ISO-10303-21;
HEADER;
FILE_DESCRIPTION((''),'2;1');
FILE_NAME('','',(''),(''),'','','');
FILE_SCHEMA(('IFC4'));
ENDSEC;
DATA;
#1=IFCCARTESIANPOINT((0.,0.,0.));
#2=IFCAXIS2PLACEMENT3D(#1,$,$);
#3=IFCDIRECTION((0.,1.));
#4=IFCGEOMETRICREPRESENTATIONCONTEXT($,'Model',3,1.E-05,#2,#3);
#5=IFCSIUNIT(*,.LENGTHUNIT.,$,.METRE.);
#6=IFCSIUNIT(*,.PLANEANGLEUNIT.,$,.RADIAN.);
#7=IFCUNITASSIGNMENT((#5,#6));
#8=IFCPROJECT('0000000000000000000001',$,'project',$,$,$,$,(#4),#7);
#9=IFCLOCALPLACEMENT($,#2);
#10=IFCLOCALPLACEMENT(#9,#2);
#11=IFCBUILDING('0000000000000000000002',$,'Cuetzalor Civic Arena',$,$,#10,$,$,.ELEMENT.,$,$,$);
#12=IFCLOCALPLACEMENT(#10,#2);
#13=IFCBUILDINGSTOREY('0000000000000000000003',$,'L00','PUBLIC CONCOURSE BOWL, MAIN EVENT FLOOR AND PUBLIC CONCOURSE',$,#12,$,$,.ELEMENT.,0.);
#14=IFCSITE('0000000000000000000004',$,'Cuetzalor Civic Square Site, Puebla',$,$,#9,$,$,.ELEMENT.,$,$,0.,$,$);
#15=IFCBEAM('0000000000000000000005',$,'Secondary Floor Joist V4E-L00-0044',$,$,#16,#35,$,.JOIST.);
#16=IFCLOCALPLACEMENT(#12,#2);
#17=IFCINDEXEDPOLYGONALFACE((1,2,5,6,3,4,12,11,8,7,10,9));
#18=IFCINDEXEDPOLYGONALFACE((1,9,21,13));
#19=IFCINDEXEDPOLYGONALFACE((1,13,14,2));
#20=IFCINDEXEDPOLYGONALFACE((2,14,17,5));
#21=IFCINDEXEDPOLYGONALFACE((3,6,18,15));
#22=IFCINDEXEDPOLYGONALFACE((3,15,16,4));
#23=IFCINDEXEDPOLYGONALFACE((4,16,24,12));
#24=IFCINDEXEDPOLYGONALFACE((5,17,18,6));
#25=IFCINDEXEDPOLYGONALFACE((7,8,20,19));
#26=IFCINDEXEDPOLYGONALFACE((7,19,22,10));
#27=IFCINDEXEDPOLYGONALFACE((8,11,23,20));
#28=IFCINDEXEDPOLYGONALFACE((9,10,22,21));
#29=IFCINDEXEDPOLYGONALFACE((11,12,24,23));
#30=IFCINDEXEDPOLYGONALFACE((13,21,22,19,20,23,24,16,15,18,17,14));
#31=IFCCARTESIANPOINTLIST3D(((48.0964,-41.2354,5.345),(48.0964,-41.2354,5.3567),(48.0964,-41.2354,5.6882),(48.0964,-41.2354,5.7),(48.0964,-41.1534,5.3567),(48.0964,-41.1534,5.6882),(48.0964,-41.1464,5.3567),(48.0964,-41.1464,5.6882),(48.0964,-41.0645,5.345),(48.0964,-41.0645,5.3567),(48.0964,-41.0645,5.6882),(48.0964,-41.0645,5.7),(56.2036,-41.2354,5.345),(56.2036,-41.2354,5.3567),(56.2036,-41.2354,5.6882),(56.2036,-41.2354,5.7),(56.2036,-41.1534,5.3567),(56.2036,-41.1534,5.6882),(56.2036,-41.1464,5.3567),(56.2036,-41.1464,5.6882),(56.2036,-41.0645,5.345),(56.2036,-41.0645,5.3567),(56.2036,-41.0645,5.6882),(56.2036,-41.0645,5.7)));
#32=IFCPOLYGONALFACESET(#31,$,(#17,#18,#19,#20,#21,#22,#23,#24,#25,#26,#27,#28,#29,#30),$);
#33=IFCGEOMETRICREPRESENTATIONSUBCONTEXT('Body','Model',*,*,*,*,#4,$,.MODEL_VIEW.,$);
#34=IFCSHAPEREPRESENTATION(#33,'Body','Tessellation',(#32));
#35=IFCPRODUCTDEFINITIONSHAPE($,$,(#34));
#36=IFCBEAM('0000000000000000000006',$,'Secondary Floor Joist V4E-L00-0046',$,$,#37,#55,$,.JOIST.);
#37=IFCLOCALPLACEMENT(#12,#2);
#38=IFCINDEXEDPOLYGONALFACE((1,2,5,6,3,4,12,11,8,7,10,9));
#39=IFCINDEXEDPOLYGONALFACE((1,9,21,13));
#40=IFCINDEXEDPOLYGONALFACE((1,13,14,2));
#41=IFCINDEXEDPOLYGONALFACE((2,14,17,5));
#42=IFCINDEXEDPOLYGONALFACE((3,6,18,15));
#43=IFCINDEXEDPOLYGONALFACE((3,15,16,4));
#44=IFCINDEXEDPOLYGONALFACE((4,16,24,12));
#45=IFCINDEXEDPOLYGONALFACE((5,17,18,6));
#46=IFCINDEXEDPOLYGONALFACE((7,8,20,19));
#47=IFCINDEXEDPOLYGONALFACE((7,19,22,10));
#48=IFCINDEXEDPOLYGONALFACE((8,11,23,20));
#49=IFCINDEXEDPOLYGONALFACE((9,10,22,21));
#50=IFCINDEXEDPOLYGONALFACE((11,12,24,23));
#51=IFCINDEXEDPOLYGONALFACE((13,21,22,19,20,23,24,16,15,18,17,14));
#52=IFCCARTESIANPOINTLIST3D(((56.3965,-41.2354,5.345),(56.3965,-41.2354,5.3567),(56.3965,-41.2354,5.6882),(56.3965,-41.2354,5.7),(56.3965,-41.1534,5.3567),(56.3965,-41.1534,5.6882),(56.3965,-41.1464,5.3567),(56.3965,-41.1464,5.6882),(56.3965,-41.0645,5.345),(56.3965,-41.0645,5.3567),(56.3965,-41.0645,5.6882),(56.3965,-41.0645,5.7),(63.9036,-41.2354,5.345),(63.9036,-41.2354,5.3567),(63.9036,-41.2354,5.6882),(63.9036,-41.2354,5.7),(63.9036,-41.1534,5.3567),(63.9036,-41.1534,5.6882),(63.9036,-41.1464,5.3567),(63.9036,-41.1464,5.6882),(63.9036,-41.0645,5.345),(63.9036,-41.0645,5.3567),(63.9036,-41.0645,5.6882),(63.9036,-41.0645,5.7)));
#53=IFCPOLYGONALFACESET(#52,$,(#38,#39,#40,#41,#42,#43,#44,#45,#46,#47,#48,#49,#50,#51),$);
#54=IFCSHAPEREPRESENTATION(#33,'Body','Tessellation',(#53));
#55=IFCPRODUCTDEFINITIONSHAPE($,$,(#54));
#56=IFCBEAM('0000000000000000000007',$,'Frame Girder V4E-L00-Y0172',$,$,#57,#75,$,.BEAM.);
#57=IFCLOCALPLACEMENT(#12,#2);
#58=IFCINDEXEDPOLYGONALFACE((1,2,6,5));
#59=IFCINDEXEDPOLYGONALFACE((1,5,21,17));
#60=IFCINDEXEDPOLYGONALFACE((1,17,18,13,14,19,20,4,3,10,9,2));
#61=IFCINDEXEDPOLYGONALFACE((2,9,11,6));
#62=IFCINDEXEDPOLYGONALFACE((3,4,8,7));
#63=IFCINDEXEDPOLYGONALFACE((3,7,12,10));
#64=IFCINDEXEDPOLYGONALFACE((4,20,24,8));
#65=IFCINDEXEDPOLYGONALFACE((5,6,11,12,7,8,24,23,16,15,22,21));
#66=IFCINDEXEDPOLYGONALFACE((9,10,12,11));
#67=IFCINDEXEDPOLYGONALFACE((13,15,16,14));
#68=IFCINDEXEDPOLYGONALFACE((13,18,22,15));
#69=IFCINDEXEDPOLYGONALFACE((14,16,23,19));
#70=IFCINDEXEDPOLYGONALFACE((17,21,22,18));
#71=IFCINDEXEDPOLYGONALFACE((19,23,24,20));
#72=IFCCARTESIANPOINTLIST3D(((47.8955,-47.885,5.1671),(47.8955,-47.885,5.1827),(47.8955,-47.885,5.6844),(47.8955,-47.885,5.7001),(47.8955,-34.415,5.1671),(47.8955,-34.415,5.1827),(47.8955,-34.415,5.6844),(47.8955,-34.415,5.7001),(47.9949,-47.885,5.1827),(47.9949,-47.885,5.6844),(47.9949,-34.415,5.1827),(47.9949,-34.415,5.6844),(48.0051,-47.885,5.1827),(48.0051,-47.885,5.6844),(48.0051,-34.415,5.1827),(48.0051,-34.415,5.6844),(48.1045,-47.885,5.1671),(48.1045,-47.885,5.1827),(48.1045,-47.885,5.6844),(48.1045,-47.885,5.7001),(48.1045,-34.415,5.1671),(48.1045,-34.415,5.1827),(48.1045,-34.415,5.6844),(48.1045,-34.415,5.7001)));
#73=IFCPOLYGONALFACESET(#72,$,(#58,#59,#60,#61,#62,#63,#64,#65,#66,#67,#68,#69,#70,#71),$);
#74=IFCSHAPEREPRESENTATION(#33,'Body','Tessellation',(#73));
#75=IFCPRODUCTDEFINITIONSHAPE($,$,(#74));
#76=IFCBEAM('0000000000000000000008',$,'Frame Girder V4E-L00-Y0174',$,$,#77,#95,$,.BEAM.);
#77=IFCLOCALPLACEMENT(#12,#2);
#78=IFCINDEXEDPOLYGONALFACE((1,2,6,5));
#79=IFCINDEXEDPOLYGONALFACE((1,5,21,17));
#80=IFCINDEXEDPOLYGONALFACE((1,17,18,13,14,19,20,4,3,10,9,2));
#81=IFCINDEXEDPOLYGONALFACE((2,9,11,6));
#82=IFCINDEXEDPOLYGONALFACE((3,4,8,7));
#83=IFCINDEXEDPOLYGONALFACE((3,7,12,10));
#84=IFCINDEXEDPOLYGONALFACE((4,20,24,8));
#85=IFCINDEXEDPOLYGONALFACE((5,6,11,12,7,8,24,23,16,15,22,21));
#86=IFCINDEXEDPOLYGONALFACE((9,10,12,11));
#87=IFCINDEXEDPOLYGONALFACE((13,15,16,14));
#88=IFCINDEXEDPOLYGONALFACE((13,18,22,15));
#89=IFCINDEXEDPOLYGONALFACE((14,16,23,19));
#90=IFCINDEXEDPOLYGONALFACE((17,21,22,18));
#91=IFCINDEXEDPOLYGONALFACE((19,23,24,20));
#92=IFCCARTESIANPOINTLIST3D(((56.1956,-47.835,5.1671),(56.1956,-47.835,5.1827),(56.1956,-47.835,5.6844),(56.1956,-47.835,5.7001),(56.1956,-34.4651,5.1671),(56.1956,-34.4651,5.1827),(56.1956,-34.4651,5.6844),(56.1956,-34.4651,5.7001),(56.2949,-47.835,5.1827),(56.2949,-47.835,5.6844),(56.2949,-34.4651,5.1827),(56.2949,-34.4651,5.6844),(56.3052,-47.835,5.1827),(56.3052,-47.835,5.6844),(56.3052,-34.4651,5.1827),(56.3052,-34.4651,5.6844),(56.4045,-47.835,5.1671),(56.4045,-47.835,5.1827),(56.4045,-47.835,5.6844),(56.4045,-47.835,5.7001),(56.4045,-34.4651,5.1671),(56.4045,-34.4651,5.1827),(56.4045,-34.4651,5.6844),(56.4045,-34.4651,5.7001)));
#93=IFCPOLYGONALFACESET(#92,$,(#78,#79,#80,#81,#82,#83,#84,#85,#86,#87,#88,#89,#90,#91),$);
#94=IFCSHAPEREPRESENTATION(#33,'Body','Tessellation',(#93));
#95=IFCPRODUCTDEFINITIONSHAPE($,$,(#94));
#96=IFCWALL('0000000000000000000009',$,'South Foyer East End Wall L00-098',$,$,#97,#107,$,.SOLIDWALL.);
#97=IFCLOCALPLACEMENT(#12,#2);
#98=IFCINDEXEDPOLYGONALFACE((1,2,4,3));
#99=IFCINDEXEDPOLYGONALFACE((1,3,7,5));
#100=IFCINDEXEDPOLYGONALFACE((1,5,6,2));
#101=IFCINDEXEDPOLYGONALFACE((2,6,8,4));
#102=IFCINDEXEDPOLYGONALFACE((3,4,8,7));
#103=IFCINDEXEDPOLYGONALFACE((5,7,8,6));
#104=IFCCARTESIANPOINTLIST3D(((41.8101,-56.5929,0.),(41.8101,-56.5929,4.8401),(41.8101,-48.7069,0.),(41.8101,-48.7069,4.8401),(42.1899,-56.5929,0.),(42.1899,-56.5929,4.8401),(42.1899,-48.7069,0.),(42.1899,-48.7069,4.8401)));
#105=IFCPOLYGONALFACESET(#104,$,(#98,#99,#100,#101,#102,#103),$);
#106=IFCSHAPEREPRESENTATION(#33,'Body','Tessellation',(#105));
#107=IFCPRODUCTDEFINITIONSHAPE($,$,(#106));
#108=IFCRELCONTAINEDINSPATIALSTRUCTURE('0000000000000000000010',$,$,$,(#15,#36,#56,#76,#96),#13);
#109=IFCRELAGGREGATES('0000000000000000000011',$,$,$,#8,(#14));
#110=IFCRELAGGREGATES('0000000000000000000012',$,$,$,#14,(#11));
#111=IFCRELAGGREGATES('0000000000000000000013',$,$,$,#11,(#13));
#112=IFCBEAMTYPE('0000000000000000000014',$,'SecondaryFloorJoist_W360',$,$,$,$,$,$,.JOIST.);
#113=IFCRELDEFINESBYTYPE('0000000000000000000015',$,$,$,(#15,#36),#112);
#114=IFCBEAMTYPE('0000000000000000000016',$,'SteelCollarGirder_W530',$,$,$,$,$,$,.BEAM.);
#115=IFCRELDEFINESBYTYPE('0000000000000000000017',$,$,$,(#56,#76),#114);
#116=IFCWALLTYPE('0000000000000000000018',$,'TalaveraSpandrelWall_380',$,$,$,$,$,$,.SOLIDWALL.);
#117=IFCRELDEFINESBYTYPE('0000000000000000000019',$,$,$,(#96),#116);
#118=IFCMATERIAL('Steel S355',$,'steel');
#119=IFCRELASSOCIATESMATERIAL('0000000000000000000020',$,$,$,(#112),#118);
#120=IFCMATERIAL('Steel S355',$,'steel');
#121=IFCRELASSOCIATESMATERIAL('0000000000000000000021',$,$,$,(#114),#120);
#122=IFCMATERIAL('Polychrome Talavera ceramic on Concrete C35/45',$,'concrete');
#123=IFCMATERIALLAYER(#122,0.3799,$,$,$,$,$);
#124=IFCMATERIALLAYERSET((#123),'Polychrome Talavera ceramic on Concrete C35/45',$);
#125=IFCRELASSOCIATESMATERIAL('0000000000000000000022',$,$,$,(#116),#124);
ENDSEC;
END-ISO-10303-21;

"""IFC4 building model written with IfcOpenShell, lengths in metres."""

from ifc_helpers import new_model, si_unit, direction, frame, frame_2d, origin, origin_2d, place, context, subcontext, project, spatial, rectangle, i_section, extrude, material, layer, layer_set, material_profile, profile_set, type_object, element, save


model = new_model("IFC4")

# Units and contexts
model_context = context("Model", 3, precision=1e-05, world=origin(), true_north=direction((0.0, 1.0)))
body_context = subcontext(model_context, "Body", "Model", "MODEL_VIEW")
ifc_project = project(units=[si_unit("LENGTHUNIT", "METRE"), si_unit("PLANEANGLEUNIT", "RADIAN")], contexts=[model_context])

# Site, building, storey
site_placement = place(None, origin())
site = spatial("IfcSite", under=ifc_project, at=site_placement, Name="Cuetzalor Civic Square Site, Puebla", CompositionType="ELEMENT", RefElevation=0.0)
building_placement = place(site_placement, origin())
building = spatial("IfcBuilding", under=site, at=building_placement, Name="Cuetzalor Civic Arena", CompositionType="ELEMENT")
storey_placement = place(building_placement, origin())
storey = spatial("IfcBuildingStorey", under=building, at=storey_placement, Name="L00", Description="PUBLIC CONCOURSE BOWL, MAIN EVENT FLOOR AND PUBLIC CONCOURSE", CompositionType="ELEMENT", Elevation=0.0)

# Beams
ifc_material_1 = material(Name="Steel S355", Category="steel")
ifc_material_profile_1 = material_profile(ifc_material_1, i_section(OverallWidth=0.1709, OverallDepth=0.355, WebThickness=0.0071, FlangeThickness=0.0117, at=origin_2d()), Name="W360x51")
ifc_profile_set_1 = profile_set([ifc_material_profile_1], Name="Steel S355")
beam_type_1 = type_object("IfcBeamType", Name="SecondaryFloorJoist_W360", PredefinedType="JOIST", material=ifc_profile_set_1)
beam_1_placement = place(storey_placement, frame((48.0964, -41.1499, 5.5225), z_axis=(1.0, 0.0, 0.0), x_axis=(0.0, 1.0, 0.0)))
element("IfcBeam", 1, at=beam_1_placement, inside=storey, type_object=beam_type_1, Name="Secondary Floor Joist V4E-L00-0044", PredefinedType="JOIST", context=body_context, shape_type="SweptSolid", body=[
    extrude(i_section(OverallWidth=0.1709, OverallDepth=0.355, WebThickness=0.0071, FlangeThickness=0.0117, at=origin_2d()), origin(), (0.0, 0.0, 1.0), 8.1072),
])
beam_2_placement = place(storey_placement, frame((56.3965, -41.1499, 5.5225), z_axis=(1.0, 0.0, 0.0), x_axis=(0.0, 1.0, 0.0)))
element("IfcBeam", 2, at=beam_2_placement, inside=storey, type_object=beam_type_1, Name="Secondary Floor Joist V4E-L00-0046", PredefinedType="JOIST", context=body_context, shape_type="SweptSolid", body=[
    extrude(i_section(OverallWidth=0.1709, OverallDepth=0.355, WebThickness=0.0071, FlangeThickness=0.0117, at=origin_2d()), origin(), (0.0, 0.0, 1.0), 7.5071),
])
ifc_material_2 = material(Name="Steel S355", Category="steel")
ifc_material_profile_2 = material_profile(ifc_material_2, i_section(OverallWidth=0.209, OverallDepth=0.533, WebThickness=0.0103, FlangeThickness=0.0156, at=origin_2d()), Name="W530x92")
ifc_profile_set_2 = profile_set([ifc_material_profile_2], Name="Steel S355")
beam_type_2 = type_object("IfcBeamType", Name="SteelCollarGirder_W530", PredefinedType="BEAM", material=ifc_profile_set_2)
beam_3_placement = place(storey_placement, frame((48.0, -47.885, 5.4336), z_axis=(0.0, 1.0, 0.0), x_axis=(-1.0, 0.0, 0.0)))
element("IfcBeam", 3, at=beam_3_placement, inside=storey, type_object=beam_type_2, Name="Frame Girder V4E-L00-Y0172", PredefinedType="BEAM", context=body_context, shape_type="SweptSolid", body=[
    extrude(i_section(OverallWidth=0.209, OverallDepth=0.533, WebThickness=0.0103, FlangeThickness=0.0156, at=origin_2d()), origin(), (0.0, 0.0, 1.0), 13.47),
])
beam_4_placement = place(storey_placement, frame((56.3, -47.835, 5.4336), z_axis=(0.0, 1.0, 0.0), x_axis=(-1.0, 0.0, 0.0)))
element("IfcBeam", 4, at=beam_4_placement, inside=storey, type_object=beam_type_2, Name="Frame Girder V4E-L00-Y0174", PredefinedType="BEAM", context=body_context, shape_type="SweptSolid", body=[
    extrude(i_section(OverallWidth=0.209, OverallDepth=0.533, WebThickness=0.0103, FlangeThickness=0.0156, at=origin_2d()), origin(), (0.0, 0.0, 1.0), 13.3699),
])

# Wall
ifc_material_3 = material(Name="Polychrome Talavera ceramic on Concrete C35/45", Category="concrete")
ifc_layer = layer(ifc_material_3, 0.3799)
ifc_layer_set = layer_set([ifc_layer], Name="Polychrome Talavera ceramic on Concrete C35/45")
wall_type = type_object("IfcWallType", Name="TalaveraSpandrelWall_380", PredefinedType="SOLIDWALL", material=ifc_layer_set)
wall_placement = place(storey_placement, frame((42.0, -48.707, 0.0), z_axis=(0.0, 0.0, 1.0), x_axis=(0.0, -1.0, 0.0)))
element("IfcWall", 5, at=wall_placement, inside=storey, type_object=wall_type, Name="South Foyer East End Wall L00-098", PredefinedType="SOLIDWALL", context=body_context, shape_type="SweptSolid", body=[
    extrude(rectangle(XDim=7.886, YDim=0.3799, at=frame_2d((3.9429, 0.0))), origin(), (0.0, 0.0, 1.0), 4.8401),
])

save(model, "model.ifc")
